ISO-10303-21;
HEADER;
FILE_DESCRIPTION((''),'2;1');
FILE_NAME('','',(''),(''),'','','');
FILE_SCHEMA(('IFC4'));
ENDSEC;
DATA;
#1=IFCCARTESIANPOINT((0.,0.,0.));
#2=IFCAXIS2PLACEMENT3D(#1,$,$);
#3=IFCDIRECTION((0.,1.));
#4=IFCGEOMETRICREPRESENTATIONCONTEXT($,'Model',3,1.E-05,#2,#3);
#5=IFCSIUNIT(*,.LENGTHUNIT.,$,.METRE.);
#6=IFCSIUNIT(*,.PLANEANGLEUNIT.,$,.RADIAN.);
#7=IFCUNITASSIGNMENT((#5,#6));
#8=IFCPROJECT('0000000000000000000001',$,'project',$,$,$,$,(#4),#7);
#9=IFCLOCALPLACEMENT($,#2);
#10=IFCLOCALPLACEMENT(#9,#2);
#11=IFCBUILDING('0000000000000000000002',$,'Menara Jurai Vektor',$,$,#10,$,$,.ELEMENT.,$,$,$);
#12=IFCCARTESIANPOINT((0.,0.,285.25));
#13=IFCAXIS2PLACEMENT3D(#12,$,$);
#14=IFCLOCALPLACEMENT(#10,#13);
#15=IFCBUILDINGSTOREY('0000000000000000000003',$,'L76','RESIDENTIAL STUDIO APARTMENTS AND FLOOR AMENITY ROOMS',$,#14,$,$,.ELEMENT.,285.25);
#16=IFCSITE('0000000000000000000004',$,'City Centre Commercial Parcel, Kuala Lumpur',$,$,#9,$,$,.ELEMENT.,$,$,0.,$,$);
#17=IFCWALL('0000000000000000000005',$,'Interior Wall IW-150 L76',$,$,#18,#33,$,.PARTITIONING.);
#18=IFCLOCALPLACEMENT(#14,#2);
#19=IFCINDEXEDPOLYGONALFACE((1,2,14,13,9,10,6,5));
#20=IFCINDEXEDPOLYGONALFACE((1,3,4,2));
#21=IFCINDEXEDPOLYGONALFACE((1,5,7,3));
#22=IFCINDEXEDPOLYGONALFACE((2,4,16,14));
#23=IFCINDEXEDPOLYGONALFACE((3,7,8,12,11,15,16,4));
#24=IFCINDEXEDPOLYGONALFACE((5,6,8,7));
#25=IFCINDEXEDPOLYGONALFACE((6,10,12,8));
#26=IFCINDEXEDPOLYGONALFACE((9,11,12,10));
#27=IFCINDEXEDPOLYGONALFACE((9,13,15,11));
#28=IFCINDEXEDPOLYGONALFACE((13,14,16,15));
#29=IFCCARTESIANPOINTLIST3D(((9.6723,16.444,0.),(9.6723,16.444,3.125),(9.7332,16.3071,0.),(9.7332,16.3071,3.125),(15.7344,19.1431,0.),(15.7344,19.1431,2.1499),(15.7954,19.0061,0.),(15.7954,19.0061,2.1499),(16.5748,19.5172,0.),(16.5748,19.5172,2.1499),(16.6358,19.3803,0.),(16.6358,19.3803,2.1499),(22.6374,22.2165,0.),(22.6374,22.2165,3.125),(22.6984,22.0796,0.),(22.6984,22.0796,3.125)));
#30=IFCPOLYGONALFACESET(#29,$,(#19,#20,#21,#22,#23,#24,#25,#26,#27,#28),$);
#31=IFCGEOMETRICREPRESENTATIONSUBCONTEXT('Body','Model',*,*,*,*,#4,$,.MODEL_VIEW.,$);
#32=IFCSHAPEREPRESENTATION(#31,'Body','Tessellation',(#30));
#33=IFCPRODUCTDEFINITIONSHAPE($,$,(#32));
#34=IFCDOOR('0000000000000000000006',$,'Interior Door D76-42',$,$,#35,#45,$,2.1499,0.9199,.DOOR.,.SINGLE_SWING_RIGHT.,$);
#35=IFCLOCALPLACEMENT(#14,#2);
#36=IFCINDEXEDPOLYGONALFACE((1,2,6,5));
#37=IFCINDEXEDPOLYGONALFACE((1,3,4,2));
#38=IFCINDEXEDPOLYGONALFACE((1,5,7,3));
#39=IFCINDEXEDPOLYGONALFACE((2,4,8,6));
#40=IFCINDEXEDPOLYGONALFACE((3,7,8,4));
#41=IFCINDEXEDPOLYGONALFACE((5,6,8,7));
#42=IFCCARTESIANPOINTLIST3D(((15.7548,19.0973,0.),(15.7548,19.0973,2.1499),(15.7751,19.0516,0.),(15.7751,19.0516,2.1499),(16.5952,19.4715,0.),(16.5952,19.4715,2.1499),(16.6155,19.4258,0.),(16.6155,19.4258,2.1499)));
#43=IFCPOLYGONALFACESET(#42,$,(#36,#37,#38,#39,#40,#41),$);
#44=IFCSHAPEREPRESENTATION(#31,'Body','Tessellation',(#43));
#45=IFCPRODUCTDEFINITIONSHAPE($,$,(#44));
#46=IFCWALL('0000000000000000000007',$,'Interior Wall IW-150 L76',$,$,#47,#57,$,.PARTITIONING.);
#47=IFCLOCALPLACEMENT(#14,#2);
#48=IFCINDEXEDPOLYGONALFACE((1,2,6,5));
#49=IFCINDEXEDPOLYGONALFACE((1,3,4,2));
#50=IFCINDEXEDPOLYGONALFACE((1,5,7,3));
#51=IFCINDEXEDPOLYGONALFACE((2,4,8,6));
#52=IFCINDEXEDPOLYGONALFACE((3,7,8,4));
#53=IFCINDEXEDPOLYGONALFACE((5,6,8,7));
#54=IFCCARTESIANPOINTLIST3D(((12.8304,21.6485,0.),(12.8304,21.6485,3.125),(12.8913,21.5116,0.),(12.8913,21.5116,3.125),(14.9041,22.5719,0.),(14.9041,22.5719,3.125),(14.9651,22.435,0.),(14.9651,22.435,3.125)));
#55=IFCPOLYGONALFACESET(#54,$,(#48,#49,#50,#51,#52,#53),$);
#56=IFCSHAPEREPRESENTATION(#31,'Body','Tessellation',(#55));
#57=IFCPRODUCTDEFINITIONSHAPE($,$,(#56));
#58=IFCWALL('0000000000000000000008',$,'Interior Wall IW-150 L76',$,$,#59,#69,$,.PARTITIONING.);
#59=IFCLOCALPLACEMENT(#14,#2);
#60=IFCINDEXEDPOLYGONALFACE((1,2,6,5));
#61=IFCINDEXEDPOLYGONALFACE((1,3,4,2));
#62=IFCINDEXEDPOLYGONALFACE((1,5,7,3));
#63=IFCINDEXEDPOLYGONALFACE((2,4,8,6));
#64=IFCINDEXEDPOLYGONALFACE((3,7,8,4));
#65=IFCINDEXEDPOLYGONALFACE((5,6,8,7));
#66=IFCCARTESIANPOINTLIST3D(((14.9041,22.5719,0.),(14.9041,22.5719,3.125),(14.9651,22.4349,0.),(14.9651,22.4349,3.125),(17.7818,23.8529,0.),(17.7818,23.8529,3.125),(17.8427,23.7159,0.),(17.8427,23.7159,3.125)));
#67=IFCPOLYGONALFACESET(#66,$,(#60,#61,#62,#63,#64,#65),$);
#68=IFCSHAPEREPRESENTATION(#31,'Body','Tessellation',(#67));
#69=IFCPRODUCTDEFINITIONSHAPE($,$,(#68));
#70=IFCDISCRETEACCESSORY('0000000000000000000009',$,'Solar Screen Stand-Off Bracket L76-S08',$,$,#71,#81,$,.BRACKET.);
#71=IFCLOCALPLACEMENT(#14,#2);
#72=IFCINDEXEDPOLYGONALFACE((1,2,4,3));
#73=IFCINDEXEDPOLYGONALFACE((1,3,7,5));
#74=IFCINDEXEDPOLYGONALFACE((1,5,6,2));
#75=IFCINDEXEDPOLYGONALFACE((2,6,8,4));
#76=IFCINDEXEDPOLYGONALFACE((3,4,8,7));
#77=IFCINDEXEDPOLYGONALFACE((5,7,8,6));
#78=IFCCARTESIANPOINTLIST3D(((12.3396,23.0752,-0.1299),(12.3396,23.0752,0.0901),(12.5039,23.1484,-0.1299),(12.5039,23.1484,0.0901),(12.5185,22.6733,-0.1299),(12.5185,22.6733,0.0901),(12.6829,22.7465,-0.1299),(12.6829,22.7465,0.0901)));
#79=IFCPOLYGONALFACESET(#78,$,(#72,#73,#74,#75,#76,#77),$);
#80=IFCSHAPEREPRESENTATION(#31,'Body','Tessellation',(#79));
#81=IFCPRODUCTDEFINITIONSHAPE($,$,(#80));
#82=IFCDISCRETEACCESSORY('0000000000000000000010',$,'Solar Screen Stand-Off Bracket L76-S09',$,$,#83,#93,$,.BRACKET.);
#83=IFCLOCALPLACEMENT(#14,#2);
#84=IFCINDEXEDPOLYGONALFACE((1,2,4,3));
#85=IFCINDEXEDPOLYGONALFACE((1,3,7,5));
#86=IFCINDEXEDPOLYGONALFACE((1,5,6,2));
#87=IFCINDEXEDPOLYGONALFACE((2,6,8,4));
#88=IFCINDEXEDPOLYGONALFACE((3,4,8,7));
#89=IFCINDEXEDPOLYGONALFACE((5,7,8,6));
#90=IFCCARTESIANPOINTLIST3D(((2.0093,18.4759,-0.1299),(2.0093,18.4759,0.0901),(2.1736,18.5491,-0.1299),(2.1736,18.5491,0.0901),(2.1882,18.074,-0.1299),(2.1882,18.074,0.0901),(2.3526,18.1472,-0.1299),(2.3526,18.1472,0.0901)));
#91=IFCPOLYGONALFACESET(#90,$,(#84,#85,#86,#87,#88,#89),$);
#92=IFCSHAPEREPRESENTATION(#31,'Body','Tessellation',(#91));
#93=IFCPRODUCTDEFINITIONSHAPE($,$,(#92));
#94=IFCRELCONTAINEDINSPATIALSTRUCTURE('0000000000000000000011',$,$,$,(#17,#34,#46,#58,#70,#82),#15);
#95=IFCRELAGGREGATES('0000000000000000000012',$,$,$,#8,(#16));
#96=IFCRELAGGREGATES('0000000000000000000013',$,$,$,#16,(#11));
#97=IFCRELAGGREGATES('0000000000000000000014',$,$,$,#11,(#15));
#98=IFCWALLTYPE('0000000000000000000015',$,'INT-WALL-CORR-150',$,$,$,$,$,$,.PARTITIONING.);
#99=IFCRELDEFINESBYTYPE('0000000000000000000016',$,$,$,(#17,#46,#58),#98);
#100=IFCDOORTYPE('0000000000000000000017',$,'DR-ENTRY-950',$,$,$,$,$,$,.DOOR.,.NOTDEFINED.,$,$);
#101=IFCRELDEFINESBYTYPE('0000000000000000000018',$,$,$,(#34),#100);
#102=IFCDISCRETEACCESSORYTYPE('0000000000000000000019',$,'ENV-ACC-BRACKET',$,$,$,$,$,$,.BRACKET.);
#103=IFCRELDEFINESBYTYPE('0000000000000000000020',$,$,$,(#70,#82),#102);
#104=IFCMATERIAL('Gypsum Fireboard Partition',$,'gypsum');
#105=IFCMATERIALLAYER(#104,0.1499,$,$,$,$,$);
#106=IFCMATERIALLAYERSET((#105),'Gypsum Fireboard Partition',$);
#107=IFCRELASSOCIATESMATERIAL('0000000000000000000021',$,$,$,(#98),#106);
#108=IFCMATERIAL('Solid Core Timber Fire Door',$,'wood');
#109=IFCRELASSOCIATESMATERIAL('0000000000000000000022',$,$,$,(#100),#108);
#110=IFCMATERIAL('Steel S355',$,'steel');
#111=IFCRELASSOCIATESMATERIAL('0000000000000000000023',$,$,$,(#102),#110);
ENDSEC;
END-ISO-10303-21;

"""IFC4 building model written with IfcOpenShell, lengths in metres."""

from ifc_helpers import new_model, si_unit, direction, frame, frame_2d, origin, origin_2d, place, context, subcontext, project, spatial, rectangle, extrude, material, layer, layer_set, type_object, element, fill, save


model = new_model("IFC4")

# Units and contexts
model_context = context("Model", 3, precision=1e-05, world=origin(), true_north=direction((0.0, 1.0)))
body_context = subcontext(model_context, "Body", "Model", "MODEL_VIEW")
ifc_project = project(units=[si_unit("LENGTHUNIT", "METRE"), si_unit("PLANEANGLEUNIT", "RADIAN")], contexts=[model_context])

# Site, building, storey
site_placement = place(None, origin())
site = spatial("IfcSite", under=ifc_project, at=site_placement, Name="City Centre Commercial Parcel, Kuala Lumpur", CompositionType="ELEMENT", RefElevation=0.0)
building_placement = place(site_placement, origin())
building = spatial("IfcBuilding", under=site, at=building_placement, Name="Menara Jurai Vektor", CompositionType="ELEMENT")
storey_placement = place(building_placement, frame((0.0, 0.0, 285.25)))
storey = spatial("IfcBuildingStorey", under=building, at=storey_placement, Name="L76", Description="RESIDENTIAL STUDIO APARTMENTS AND FLOOR AMENITY ROOMS", CompositionType="ELEMENT", Elevation=285.25)

# Shared definitions
ifc_material_1 = material(Name="Steel S355", Category="steel")

# Shared definitions
ifc_material_2 = material(Name="Gypsum Fireboard Partition", Category="gypsum")
ifc_layer_1 = layer(ifc_material_2, 0.1499)
ifc_layer_set_1 = layer_set([ifc_layer_1], Name="Gypsum Fireboard Partition")
wall_type = type_object("IfcWallType", Name="INT-WALL-CORR-150", PredefinedType="PARTITIONING", material=ifc_layer_set_1)

# Wall, opening, door
wall_1_placement = place(storey_placement, frame((9.7026, 16.3755, 0.0), z_axis=(0.0, 0.0, 1.0), x_axis=(0.913545, 0.406739, 0.0)))
wall_1 = element("IfcWall", 1, at=wall_1_placement, inside=storey, type_object=wall_type, Name="Interior Wall IW-150 L76", PredefinedType="PARTITIONING", context=body_context, shape_type="SweptSolid", body=[
    extrude(rectangle(XDim=14.1921, YDim=0.1499, at=frame_2d((7.0962, 0.0))), origin(), (0.0, 0.0, 1.0), 3.125),
])
opening_1_placement = place(wall_1_placement, frame((6.636, 0.0, 0.0)))
opening_1 = element("IfcOpeningElement", 2, at=opening_1_placement, cuts=wall_1, PredefinedType="OPENING", context=body_context, shape_type="SweptSolid", body=[
    extrude(rectangle(XDim=0.9199, YDim=2.1499, at=frame_2d((0.46, 1.075))), frame((0.0, 0.085, 0.0), z_axis=(0.0, -1.0, 0.0), x_axis=(1.0, 0.0, 0.0)), (0.0, 0.0, 1.0), 0.1699),
])
ifc_material_3 = material(Name="Solid Core Timber Fire Door", Category="wood")
door_type_1 = type_object("IfcDoorType", Name="DR-ENTRY-950", OperationType="NOTDEFINED", PredefinedType="DOOR", material=ifc_material_3)
door_1_placement = place(opening_1_placement, origin())
door_1 = element("IfcDoor", 3, at=door_1_placement, inside=storey, type_object=door_type_1, Name="Interior Door D76-42", OperationType="SINGLE_SWING_RIGHT", OverallHeight=2.1499, OverallWidth=0.9199, PredefinedType="DOOR", context=body_context, shape_type="SweptSolid", body=[
    extrude(rectangle(XDim=0.9199, YDim=2.1499, at=frame_2d((0.46, 1.075))), frame((0.0, 0.0249, 0.0), z_axis=(0.0, -1.0, 0.0), x_axis=(1.0, 0.0, 0.0)), (0.0, 0.0, 1.0), 0.05),
])
fill(opening_1, door_1)

# Walls
wall_2_placement = place(storey_placement, frame((12.8608, 21.5801, 0.0), z_axis=(0.0, 0.0, 1.0), x_axis=(0.913536, 0.406757, 0.0)))
element("IfcWall", 4, at=wall_2_placement, inside=storey, type_object=wall_type, Name="Interior Wall IW-150 L76", PredefinedType="PARTITIONING", context=body_context, shape_type="SweptSolid", body=[
    extrude(rectangle(XDim=2.27, YDim=0.1499, at=frame_2d((1.135, 0.0))), origin(), (0.0, 0.0, 1.0), 3.125),
])
wall_3_placement = place(storey_placement, frame((14.9346, 22.5034, 0.0), z_axis=(0.0, 0.0, 1.0), x_axis=(0.913572, 0.406678, 0.0)))
element("IfcWall", 5, at=wall_3_placement, inside=storey, type_object=wall_type, Name="Interior Wall IW-150 L76", PredefinedType="PARTITIONING", context=body_context, shape_type="SweptSolid", body=[
    extrude(rectangle(XDim=3.1499, YDim=0.1499, at=frame_2d((1.575, 0.0))), origin(), (0.0, 0.0, 1.0), 3.125),
])

# Discrete accessories
discrete_accessory_type = type_object("IfcDiscreteAccessoryType", Name="ENV-ACC-BRACKET", PredefinedType="BRACKET", material=ifc_material_1)
for number, where, z_axis, x_axis, name in (
    (6, (12.5112, 22.9109, -0.1299), (0.0, 0.0, 1.0), (-0.913545, -0.406737, 0.0), "Solar Screen Stand-Off Bracket L76-S08"),
    (7, (2.1809, 18.3115, -0.1299), (0.0, 0.0, 1.0), (-0.913545, -0.406737, 0.0), "Solar Screen Stand-Off Bracket L76-S09"),
):
    element("IfcDiscreteAccessory", number, at=place(storey_placement, frame(where, z_axis=z_axis, x_axis=x_axis)), inside=storey, type_object=discrete_accessory_type, Name=name, PredefinedType="BRACKET", context=body_context, shape_type="SweptSolid", body=[
        extrude(rectangle(XDim=0.1799, YDim=0.4399, at=origin_2d()), origin(), (0.0, 0.0, 1.0), 0.22),
    ])

save(model, "model.ifc")
